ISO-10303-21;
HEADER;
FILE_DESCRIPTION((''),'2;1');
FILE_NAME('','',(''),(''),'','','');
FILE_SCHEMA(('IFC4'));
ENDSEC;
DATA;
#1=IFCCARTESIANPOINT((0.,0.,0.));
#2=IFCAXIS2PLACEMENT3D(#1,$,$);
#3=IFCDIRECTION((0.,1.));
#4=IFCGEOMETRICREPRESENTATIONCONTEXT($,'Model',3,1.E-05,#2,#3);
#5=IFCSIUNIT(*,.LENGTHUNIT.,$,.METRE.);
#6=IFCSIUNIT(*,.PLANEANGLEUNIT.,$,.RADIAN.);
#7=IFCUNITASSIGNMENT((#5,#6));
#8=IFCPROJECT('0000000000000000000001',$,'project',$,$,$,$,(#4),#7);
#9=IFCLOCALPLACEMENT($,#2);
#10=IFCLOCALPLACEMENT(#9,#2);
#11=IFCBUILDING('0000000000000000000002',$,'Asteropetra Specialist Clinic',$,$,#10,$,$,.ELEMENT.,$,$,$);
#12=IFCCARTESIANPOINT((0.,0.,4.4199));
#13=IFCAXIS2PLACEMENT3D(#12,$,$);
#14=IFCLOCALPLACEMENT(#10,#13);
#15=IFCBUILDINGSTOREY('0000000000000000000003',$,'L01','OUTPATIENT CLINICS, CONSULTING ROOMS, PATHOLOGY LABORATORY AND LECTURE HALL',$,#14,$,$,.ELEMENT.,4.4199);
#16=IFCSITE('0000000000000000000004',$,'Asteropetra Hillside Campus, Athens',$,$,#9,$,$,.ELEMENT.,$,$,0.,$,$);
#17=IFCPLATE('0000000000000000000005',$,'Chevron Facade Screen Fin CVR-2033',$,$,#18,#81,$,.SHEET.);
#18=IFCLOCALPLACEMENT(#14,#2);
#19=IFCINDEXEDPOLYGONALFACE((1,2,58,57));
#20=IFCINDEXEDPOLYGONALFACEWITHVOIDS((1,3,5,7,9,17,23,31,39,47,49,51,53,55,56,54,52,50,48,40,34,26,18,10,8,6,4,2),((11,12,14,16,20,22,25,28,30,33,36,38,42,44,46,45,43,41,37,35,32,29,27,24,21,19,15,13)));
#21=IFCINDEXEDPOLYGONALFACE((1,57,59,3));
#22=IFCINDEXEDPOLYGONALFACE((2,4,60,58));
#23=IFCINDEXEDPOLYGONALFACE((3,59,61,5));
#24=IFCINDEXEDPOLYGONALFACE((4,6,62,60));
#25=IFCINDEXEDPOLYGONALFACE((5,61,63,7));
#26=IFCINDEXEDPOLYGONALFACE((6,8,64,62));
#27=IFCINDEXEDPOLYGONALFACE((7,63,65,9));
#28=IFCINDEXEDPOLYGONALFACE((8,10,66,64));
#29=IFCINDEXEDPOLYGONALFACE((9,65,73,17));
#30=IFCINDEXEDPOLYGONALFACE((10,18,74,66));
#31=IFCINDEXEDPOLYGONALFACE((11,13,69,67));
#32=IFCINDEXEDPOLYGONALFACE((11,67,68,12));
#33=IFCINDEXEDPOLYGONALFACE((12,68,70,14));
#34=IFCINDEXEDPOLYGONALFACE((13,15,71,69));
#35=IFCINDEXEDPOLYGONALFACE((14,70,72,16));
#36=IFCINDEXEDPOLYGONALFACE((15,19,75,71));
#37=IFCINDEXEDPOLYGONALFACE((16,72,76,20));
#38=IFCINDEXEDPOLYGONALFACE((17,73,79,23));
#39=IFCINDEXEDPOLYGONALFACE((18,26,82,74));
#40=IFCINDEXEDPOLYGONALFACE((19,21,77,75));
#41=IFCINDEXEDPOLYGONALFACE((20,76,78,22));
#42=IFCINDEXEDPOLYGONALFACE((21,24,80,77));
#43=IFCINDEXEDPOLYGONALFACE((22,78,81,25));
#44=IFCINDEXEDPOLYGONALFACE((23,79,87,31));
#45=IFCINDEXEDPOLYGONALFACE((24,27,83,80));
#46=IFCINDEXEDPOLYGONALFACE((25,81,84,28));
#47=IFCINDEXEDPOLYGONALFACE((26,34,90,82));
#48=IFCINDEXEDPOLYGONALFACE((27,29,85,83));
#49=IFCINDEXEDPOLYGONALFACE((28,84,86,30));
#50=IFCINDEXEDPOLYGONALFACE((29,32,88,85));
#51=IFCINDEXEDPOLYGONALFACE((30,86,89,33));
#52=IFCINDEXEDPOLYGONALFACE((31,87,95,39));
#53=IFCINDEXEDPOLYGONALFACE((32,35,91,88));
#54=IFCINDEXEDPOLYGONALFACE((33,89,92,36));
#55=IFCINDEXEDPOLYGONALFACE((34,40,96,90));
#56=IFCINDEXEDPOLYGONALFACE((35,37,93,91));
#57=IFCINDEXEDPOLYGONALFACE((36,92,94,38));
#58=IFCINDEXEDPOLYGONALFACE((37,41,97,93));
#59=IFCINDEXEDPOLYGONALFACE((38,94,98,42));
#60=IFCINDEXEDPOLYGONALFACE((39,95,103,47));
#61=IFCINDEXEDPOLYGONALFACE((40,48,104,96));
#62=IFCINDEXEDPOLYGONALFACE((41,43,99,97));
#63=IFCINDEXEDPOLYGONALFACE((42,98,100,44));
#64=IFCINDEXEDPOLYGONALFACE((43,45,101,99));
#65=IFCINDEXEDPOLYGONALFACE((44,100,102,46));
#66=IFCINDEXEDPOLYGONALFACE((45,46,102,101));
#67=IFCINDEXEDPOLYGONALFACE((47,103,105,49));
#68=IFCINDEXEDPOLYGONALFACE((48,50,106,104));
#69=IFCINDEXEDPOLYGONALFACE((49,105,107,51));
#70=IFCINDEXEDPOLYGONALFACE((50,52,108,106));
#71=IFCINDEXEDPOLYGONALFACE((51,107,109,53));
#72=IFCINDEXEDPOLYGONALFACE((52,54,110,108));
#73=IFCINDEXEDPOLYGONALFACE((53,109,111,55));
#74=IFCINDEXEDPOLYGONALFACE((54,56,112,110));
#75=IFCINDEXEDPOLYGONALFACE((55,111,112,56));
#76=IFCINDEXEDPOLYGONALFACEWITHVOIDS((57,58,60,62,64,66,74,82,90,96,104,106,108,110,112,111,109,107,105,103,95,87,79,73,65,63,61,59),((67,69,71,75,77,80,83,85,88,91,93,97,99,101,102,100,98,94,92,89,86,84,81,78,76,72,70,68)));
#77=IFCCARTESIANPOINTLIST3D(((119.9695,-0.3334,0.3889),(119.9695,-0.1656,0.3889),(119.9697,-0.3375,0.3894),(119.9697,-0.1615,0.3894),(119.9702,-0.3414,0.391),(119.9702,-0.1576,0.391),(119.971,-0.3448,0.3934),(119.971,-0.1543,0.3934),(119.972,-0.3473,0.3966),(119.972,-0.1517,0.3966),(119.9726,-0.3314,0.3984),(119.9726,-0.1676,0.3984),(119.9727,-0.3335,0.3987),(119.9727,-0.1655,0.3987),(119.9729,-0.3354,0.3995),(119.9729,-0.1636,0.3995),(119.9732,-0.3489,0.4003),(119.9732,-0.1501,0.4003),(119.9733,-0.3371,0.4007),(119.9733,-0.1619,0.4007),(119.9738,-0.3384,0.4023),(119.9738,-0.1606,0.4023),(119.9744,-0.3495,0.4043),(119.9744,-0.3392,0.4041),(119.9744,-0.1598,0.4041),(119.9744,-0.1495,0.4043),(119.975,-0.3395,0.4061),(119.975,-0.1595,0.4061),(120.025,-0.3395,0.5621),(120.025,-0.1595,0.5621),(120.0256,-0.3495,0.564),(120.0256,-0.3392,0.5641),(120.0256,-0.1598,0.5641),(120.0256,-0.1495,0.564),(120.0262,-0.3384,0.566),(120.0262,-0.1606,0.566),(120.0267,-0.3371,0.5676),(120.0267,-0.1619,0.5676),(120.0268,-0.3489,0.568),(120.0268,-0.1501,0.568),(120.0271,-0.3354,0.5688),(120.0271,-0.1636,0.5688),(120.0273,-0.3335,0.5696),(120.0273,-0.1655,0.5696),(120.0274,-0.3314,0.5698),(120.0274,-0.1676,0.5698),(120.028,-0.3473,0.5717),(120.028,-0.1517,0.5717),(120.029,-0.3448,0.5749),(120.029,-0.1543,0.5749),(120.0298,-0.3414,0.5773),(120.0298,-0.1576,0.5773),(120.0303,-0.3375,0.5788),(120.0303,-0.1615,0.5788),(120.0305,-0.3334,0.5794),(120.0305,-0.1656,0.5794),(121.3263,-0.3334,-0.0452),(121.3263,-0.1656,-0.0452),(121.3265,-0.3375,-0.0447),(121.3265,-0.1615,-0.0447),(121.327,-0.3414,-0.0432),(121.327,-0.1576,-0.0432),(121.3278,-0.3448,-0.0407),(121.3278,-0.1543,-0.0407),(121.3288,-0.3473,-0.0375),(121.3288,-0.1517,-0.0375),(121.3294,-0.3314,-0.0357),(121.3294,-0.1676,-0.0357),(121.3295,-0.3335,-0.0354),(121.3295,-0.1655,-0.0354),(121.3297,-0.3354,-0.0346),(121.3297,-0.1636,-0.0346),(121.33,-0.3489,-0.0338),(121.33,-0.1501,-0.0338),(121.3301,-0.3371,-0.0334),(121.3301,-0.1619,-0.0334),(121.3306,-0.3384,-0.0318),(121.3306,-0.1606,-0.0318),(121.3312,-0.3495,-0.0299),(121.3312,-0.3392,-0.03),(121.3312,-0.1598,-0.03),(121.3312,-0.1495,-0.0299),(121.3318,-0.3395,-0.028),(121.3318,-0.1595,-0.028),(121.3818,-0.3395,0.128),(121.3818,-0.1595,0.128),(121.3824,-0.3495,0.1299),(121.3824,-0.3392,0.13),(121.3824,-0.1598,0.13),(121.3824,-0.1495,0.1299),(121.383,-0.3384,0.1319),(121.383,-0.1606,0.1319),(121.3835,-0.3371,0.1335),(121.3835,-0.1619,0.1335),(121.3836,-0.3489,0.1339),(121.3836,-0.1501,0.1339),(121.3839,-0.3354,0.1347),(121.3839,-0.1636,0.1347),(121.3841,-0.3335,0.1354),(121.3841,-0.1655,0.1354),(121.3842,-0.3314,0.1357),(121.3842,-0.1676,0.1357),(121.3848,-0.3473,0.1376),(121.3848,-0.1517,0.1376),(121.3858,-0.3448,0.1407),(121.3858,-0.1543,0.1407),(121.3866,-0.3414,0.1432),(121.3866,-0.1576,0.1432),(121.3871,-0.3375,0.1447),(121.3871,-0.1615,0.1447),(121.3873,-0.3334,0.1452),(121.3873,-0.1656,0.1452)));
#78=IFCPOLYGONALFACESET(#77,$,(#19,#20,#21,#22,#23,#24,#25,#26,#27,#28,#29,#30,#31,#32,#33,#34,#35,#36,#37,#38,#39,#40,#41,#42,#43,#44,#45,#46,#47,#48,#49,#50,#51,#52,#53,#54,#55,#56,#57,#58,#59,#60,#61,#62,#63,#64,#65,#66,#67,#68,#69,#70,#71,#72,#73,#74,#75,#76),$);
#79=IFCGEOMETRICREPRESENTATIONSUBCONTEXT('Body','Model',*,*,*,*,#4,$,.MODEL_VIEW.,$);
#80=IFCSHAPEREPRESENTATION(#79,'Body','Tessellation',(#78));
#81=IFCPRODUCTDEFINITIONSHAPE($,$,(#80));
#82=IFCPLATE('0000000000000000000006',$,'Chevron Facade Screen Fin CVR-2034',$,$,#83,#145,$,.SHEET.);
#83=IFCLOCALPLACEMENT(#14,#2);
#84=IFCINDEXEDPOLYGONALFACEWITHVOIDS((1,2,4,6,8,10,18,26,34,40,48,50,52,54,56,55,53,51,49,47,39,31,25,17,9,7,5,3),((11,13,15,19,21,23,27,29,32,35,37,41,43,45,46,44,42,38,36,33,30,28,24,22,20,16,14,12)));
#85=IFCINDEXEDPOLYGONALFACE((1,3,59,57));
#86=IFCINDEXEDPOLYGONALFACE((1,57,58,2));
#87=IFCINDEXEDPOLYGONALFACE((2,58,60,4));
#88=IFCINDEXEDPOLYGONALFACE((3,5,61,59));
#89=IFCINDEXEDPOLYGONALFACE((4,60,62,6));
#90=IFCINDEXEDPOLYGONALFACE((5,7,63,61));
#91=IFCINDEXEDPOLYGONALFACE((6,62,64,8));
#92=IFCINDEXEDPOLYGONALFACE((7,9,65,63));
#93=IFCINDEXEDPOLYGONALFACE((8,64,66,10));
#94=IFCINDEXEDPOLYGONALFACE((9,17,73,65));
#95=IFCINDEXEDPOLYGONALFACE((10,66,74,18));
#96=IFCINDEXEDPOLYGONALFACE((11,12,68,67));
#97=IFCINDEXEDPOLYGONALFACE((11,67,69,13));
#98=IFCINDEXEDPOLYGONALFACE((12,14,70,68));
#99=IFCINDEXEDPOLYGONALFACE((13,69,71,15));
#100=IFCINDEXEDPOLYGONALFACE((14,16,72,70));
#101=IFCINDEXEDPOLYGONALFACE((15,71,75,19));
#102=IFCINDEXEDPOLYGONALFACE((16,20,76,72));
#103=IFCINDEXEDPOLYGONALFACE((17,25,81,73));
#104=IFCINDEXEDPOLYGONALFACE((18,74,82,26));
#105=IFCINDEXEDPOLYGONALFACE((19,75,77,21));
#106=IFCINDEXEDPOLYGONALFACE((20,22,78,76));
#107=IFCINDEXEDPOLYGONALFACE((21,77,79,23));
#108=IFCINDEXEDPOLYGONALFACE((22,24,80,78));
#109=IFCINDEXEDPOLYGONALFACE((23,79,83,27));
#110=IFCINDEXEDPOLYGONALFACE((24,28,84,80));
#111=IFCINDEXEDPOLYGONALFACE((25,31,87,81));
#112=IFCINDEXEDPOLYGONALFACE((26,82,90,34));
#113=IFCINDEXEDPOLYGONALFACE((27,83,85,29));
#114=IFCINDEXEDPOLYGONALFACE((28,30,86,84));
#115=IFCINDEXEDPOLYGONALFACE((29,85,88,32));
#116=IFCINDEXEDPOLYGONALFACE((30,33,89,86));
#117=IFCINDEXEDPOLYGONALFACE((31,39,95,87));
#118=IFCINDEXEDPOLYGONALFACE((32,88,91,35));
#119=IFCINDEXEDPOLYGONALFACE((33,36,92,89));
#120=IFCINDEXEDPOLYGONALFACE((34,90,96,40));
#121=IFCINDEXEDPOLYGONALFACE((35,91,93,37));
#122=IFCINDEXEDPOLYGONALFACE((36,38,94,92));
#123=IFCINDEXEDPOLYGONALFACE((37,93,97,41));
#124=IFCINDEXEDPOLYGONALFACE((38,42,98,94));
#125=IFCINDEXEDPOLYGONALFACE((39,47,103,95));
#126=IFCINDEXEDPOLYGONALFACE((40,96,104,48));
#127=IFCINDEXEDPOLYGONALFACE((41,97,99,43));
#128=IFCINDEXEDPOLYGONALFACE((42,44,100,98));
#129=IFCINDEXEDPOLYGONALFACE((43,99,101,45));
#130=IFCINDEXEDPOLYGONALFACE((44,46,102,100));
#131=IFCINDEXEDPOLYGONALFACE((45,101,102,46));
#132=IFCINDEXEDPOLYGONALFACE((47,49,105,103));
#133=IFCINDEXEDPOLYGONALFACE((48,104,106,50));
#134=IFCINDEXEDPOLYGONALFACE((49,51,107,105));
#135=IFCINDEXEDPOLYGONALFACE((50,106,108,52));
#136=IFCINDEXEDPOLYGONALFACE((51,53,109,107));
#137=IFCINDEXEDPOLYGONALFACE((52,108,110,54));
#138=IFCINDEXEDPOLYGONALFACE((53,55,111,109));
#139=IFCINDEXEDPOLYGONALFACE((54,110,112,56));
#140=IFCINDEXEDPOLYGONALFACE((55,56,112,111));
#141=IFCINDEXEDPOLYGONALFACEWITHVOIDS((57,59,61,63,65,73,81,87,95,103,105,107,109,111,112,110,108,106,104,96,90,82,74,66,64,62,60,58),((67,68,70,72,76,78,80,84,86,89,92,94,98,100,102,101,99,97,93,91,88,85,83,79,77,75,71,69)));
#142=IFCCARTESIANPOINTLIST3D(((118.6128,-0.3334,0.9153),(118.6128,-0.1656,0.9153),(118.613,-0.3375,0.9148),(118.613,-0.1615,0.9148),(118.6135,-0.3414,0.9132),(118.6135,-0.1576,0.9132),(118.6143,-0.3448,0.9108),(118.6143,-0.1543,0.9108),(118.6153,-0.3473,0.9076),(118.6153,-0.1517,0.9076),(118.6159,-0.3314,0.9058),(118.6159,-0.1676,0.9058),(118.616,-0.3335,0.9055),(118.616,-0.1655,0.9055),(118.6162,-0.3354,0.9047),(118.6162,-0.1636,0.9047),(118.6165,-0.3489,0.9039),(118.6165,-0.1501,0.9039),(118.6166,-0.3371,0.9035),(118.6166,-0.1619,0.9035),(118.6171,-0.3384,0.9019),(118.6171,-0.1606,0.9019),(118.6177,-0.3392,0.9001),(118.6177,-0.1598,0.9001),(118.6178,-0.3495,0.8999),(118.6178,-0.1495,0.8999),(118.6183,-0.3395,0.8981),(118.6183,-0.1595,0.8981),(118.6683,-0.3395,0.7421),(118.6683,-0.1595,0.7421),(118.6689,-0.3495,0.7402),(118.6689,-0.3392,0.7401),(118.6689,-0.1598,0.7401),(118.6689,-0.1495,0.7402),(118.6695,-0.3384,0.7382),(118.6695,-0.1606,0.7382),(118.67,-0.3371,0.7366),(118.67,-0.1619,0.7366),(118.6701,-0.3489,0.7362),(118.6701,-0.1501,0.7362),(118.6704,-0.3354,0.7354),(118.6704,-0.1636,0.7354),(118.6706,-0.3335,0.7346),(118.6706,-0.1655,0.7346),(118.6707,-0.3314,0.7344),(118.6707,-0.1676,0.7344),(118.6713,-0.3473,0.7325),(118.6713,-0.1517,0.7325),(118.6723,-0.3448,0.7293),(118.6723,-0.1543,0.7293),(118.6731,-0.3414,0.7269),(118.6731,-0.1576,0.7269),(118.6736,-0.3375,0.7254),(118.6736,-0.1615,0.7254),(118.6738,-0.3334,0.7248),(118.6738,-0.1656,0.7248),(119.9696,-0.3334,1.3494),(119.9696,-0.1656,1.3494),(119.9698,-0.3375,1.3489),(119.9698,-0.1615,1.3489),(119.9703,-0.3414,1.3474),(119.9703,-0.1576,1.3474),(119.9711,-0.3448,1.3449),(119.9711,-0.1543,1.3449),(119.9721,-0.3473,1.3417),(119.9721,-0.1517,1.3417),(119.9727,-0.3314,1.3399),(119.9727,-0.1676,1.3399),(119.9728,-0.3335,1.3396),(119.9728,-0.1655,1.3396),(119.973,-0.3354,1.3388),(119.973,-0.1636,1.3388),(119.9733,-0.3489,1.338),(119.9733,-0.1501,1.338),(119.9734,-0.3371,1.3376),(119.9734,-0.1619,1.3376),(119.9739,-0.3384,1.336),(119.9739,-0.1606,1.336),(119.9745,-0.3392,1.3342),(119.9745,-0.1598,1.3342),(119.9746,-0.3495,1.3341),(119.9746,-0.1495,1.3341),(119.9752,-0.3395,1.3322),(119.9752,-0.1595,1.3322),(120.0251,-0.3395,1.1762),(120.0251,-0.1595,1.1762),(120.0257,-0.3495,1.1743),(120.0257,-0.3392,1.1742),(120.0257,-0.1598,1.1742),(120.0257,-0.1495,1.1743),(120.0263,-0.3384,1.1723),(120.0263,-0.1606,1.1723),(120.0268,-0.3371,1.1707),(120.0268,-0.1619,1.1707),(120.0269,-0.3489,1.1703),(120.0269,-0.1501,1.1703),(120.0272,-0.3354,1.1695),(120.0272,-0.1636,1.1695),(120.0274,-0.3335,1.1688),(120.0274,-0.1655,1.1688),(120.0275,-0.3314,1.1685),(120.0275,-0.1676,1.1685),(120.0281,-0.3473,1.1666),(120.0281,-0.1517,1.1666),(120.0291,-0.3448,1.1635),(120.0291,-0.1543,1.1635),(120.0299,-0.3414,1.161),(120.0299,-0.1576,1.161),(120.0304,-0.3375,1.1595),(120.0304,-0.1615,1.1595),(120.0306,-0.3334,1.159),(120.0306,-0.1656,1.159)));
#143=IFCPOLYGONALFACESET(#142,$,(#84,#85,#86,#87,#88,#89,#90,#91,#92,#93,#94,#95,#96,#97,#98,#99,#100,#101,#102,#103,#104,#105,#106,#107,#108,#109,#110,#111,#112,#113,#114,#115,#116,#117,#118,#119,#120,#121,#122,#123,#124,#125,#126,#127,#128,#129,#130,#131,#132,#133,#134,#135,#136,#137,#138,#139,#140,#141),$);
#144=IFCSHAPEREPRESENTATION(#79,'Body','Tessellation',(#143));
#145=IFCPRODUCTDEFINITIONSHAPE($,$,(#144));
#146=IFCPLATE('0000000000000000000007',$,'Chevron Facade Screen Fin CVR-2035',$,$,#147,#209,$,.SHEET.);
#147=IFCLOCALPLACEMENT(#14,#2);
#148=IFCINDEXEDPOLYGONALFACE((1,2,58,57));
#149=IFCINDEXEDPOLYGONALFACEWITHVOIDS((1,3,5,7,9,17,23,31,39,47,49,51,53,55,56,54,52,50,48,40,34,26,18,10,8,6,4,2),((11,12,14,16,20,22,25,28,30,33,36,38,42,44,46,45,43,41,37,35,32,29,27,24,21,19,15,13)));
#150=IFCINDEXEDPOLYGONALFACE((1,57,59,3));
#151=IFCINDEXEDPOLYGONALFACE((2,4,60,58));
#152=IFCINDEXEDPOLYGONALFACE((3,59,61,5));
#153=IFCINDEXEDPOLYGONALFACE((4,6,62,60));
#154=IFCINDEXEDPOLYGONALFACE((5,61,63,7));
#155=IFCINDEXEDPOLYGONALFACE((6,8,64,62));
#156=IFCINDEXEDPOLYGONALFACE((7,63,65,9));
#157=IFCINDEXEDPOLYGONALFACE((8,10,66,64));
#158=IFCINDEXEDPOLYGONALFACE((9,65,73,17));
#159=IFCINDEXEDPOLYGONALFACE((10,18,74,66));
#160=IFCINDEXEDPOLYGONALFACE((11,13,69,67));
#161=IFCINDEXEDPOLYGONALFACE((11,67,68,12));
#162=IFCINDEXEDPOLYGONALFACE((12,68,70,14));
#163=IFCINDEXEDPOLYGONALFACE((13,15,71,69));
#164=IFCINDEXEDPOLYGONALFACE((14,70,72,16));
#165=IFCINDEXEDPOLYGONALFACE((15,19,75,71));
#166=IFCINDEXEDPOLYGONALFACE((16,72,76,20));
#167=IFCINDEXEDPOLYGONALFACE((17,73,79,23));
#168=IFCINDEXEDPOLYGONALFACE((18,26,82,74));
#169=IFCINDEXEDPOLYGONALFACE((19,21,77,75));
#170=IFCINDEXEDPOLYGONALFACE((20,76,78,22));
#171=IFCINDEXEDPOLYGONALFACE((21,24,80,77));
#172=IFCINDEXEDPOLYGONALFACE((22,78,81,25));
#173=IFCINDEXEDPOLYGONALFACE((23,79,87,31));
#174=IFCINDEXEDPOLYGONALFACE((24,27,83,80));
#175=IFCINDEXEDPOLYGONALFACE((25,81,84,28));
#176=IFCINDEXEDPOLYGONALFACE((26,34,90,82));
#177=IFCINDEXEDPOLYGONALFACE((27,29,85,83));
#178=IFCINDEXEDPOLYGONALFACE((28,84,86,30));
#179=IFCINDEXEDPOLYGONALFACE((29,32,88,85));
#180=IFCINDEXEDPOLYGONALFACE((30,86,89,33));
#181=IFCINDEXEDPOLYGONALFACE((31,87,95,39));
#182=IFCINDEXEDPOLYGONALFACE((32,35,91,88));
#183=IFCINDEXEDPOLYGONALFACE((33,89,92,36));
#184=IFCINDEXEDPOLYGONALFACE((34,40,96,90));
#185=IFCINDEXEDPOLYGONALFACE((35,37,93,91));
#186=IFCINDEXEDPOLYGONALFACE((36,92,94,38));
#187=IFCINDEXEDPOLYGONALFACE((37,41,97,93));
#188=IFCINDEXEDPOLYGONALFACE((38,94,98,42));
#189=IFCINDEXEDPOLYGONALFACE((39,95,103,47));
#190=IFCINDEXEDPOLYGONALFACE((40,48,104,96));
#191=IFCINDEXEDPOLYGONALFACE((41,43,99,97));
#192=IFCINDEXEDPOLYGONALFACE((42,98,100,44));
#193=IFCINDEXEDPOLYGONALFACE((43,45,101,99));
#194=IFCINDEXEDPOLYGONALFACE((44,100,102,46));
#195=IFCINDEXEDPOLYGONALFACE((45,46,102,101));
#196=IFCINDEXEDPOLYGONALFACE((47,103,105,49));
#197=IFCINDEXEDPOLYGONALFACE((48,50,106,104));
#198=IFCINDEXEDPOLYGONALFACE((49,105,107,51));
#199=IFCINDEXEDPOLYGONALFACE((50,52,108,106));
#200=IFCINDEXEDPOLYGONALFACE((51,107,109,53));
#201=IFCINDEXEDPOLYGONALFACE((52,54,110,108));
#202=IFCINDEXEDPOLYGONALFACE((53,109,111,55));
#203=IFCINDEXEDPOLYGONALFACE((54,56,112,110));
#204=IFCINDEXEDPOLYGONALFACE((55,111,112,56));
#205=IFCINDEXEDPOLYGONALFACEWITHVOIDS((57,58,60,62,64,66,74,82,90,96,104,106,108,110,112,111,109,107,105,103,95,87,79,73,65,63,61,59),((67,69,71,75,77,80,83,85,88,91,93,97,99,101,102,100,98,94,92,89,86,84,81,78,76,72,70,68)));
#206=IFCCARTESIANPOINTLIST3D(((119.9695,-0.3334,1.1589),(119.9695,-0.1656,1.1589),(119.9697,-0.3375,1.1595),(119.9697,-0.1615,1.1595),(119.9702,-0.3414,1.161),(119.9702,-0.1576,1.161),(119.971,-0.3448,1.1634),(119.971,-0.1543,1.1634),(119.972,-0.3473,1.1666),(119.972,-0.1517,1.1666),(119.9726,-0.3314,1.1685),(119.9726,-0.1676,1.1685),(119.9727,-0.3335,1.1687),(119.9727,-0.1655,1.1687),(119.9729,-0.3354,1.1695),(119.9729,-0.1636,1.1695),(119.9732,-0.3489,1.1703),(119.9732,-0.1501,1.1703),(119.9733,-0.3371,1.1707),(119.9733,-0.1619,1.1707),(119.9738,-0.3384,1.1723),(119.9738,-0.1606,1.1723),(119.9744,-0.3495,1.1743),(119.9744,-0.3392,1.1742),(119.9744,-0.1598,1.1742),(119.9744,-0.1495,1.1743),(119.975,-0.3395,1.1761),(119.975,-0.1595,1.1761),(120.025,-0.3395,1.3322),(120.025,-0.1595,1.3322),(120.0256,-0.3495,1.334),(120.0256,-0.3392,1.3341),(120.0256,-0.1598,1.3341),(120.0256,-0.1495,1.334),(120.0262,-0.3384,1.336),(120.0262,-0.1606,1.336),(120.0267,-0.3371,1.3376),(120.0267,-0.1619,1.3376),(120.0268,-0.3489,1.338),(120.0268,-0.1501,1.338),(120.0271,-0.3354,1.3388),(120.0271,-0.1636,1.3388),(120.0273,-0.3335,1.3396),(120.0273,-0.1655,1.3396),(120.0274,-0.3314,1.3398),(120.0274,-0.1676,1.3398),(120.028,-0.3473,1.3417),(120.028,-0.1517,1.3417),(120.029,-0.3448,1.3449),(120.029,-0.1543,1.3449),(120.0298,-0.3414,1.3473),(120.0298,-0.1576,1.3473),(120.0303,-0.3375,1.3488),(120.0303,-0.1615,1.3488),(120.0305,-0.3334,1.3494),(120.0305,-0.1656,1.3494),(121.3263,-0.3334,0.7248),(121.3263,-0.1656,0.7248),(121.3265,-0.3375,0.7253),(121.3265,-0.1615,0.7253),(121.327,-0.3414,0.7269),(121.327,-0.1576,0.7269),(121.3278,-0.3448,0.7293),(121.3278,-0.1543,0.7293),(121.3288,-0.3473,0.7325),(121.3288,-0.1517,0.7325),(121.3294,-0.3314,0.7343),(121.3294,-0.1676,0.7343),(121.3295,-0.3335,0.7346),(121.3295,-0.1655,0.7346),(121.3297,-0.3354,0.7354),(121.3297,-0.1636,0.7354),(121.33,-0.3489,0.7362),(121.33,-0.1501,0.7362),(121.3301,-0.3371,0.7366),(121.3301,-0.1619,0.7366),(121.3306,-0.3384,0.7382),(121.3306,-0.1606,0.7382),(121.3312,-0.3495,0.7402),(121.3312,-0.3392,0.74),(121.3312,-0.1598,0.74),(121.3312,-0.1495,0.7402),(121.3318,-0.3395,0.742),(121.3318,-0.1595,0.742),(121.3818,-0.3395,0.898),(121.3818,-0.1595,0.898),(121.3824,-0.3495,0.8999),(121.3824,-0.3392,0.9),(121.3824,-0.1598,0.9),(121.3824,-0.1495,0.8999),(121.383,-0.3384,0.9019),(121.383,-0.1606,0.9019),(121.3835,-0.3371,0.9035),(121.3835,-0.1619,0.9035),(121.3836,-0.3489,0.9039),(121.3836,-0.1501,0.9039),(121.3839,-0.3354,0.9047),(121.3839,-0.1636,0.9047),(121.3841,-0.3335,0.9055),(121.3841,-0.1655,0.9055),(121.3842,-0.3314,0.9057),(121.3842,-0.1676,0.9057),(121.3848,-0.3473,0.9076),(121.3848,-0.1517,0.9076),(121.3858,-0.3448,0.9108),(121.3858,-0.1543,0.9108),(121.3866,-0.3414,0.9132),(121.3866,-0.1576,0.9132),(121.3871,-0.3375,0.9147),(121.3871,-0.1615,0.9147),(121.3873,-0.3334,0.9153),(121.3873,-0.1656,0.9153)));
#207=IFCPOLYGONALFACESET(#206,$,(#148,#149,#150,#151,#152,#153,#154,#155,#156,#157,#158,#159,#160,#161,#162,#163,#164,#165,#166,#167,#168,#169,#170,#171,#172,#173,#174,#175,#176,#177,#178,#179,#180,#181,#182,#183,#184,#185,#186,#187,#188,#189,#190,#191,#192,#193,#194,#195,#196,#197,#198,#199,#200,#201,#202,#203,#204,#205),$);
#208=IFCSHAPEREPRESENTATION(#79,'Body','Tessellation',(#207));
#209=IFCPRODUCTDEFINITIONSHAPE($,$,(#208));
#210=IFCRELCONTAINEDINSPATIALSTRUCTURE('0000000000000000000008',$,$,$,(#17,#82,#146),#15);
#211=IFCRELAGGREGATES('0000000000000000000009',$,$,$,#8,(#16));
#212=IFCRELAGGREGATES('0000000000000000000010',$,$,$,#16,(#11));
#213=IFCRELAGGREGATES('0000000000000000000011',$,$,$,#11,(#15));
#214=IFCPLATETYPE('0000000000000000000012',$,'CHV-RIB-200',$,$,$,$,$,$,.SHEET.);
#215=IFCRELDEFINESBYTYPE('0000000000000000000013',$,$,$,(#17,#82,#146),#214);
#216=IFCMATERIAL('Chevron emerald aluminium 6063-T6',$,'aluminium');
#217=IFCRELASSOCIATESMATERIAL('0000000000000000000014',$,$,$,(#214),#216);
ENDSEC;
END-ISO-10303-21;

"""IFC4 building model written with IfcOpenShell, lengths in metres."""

from ifc_helpers import new_model, si_unit, direction, frame, origin, origin_2d, place, context, subcontext, project, spatial, hollow_rectangle, extrude, material, material_profile, profile_set, type_object, element, save


model = new_model("IFC4")

# Units and contexts
model_context = context("Model", 3, precision=1e-05, world=origin(), true_north=direction((0.0, 1.0)))
body_context = subcontext(model_context, "Body", "Model", "MODEL_VIEW")
ifc_project = project(units=[si_unit("LENGTHUNIT", "METRE"), si_unit("PLANEANGLEUNIT", "RADIAN")], contexts=[model_context])

# Site, building, storey
site_placement = place(None, origin())
site = spatial("IfcSite", under=ifc_project, at=site_placement, Name="Asteropetra Hillside Campus, Athens", CompositionType="ELEMENT", RefElevation=0.0)
building_placement = place(site_placement, origin())
building = spatial("IfcBuilding", under=site, at=building_placement, Name="Asteropetra Specialist Clinic", CompositionType="ELEMENT")
storey_placement = place(building_placement, frame((0.0, 0.0, 4.4199)))
storey = spatial("IfcBuildingStorey", under=building, at=storey_placement, Name="L01", Description="OUTPATIENT CLINICS, CONSULTING ROOMS, PATHOLOGY LABORATORY AND LECTURE HALL", CompositionType="ELEMENT", Elevation=4.4199)

# Plates
ifc_material_1 = material(Name="Chevron emerald aluminium 6063-T6", Category="aluminium")
ifc_material_profile = material_profile(ifc_material_1, hollow_rectangle(XDim=0.2, YDim=0.2, WallThickness=0.01, InnerFilletRadius=0.0081, OuterFilletRadius=0.0161, at=origin_2d()), Name="SHS 200x200x10.0")
ifc_profile_set = profile_set([ifc_material_profile], Name="Chevron emerald aluminium 6063-T6")
plate_type = type_object("IfcPlateType", Name="CHV-RIB-200", PredefinedType="SHEET", material=ifc_profile_set)
for number, where, z_axis, x_axis, name in (
    (1, (120.0, -0.2495, 0.4841), (0.952436, 0.0, -0.304738), (0.0, 1.0, 0.0), "Chevron Facade Screen Fin CVR-2033"),
    (2, (118.6433, -0.2495, 0.8201), (0.952436, 0.0, 0.304738), (0.0, 1.0, 0.0), "Chevron Facade Screen Fin CVR-2034"),
    (3, (120.0, -0.2495, 1.2542), (0.952436, 0.0, -0.304738), (0.0, 1.0, 0.0), "Chevron Facade Screen Fin CVR-2035"),
):
    element("IfcPlate", number, at=place(storey_placement, frame(where, z_axis=z_axis, x_axis=x_axis)), inside=storey, type_object=plate_type, Name=name, PredefinedType="SHEET", context=body_context, shape_type="SweptSolid", body=[
        extrude(hollow_rectangle(XDim=0.2, YDim=0.2, WallThickness=0.01, InnerFilletRadius=0.0081, OuterFilletRadius=0.0161, at=origin_2d()), origin(), (0.0, 0.0, 1.0), 1.4246),
    ])

save(model, "model.ifc")
